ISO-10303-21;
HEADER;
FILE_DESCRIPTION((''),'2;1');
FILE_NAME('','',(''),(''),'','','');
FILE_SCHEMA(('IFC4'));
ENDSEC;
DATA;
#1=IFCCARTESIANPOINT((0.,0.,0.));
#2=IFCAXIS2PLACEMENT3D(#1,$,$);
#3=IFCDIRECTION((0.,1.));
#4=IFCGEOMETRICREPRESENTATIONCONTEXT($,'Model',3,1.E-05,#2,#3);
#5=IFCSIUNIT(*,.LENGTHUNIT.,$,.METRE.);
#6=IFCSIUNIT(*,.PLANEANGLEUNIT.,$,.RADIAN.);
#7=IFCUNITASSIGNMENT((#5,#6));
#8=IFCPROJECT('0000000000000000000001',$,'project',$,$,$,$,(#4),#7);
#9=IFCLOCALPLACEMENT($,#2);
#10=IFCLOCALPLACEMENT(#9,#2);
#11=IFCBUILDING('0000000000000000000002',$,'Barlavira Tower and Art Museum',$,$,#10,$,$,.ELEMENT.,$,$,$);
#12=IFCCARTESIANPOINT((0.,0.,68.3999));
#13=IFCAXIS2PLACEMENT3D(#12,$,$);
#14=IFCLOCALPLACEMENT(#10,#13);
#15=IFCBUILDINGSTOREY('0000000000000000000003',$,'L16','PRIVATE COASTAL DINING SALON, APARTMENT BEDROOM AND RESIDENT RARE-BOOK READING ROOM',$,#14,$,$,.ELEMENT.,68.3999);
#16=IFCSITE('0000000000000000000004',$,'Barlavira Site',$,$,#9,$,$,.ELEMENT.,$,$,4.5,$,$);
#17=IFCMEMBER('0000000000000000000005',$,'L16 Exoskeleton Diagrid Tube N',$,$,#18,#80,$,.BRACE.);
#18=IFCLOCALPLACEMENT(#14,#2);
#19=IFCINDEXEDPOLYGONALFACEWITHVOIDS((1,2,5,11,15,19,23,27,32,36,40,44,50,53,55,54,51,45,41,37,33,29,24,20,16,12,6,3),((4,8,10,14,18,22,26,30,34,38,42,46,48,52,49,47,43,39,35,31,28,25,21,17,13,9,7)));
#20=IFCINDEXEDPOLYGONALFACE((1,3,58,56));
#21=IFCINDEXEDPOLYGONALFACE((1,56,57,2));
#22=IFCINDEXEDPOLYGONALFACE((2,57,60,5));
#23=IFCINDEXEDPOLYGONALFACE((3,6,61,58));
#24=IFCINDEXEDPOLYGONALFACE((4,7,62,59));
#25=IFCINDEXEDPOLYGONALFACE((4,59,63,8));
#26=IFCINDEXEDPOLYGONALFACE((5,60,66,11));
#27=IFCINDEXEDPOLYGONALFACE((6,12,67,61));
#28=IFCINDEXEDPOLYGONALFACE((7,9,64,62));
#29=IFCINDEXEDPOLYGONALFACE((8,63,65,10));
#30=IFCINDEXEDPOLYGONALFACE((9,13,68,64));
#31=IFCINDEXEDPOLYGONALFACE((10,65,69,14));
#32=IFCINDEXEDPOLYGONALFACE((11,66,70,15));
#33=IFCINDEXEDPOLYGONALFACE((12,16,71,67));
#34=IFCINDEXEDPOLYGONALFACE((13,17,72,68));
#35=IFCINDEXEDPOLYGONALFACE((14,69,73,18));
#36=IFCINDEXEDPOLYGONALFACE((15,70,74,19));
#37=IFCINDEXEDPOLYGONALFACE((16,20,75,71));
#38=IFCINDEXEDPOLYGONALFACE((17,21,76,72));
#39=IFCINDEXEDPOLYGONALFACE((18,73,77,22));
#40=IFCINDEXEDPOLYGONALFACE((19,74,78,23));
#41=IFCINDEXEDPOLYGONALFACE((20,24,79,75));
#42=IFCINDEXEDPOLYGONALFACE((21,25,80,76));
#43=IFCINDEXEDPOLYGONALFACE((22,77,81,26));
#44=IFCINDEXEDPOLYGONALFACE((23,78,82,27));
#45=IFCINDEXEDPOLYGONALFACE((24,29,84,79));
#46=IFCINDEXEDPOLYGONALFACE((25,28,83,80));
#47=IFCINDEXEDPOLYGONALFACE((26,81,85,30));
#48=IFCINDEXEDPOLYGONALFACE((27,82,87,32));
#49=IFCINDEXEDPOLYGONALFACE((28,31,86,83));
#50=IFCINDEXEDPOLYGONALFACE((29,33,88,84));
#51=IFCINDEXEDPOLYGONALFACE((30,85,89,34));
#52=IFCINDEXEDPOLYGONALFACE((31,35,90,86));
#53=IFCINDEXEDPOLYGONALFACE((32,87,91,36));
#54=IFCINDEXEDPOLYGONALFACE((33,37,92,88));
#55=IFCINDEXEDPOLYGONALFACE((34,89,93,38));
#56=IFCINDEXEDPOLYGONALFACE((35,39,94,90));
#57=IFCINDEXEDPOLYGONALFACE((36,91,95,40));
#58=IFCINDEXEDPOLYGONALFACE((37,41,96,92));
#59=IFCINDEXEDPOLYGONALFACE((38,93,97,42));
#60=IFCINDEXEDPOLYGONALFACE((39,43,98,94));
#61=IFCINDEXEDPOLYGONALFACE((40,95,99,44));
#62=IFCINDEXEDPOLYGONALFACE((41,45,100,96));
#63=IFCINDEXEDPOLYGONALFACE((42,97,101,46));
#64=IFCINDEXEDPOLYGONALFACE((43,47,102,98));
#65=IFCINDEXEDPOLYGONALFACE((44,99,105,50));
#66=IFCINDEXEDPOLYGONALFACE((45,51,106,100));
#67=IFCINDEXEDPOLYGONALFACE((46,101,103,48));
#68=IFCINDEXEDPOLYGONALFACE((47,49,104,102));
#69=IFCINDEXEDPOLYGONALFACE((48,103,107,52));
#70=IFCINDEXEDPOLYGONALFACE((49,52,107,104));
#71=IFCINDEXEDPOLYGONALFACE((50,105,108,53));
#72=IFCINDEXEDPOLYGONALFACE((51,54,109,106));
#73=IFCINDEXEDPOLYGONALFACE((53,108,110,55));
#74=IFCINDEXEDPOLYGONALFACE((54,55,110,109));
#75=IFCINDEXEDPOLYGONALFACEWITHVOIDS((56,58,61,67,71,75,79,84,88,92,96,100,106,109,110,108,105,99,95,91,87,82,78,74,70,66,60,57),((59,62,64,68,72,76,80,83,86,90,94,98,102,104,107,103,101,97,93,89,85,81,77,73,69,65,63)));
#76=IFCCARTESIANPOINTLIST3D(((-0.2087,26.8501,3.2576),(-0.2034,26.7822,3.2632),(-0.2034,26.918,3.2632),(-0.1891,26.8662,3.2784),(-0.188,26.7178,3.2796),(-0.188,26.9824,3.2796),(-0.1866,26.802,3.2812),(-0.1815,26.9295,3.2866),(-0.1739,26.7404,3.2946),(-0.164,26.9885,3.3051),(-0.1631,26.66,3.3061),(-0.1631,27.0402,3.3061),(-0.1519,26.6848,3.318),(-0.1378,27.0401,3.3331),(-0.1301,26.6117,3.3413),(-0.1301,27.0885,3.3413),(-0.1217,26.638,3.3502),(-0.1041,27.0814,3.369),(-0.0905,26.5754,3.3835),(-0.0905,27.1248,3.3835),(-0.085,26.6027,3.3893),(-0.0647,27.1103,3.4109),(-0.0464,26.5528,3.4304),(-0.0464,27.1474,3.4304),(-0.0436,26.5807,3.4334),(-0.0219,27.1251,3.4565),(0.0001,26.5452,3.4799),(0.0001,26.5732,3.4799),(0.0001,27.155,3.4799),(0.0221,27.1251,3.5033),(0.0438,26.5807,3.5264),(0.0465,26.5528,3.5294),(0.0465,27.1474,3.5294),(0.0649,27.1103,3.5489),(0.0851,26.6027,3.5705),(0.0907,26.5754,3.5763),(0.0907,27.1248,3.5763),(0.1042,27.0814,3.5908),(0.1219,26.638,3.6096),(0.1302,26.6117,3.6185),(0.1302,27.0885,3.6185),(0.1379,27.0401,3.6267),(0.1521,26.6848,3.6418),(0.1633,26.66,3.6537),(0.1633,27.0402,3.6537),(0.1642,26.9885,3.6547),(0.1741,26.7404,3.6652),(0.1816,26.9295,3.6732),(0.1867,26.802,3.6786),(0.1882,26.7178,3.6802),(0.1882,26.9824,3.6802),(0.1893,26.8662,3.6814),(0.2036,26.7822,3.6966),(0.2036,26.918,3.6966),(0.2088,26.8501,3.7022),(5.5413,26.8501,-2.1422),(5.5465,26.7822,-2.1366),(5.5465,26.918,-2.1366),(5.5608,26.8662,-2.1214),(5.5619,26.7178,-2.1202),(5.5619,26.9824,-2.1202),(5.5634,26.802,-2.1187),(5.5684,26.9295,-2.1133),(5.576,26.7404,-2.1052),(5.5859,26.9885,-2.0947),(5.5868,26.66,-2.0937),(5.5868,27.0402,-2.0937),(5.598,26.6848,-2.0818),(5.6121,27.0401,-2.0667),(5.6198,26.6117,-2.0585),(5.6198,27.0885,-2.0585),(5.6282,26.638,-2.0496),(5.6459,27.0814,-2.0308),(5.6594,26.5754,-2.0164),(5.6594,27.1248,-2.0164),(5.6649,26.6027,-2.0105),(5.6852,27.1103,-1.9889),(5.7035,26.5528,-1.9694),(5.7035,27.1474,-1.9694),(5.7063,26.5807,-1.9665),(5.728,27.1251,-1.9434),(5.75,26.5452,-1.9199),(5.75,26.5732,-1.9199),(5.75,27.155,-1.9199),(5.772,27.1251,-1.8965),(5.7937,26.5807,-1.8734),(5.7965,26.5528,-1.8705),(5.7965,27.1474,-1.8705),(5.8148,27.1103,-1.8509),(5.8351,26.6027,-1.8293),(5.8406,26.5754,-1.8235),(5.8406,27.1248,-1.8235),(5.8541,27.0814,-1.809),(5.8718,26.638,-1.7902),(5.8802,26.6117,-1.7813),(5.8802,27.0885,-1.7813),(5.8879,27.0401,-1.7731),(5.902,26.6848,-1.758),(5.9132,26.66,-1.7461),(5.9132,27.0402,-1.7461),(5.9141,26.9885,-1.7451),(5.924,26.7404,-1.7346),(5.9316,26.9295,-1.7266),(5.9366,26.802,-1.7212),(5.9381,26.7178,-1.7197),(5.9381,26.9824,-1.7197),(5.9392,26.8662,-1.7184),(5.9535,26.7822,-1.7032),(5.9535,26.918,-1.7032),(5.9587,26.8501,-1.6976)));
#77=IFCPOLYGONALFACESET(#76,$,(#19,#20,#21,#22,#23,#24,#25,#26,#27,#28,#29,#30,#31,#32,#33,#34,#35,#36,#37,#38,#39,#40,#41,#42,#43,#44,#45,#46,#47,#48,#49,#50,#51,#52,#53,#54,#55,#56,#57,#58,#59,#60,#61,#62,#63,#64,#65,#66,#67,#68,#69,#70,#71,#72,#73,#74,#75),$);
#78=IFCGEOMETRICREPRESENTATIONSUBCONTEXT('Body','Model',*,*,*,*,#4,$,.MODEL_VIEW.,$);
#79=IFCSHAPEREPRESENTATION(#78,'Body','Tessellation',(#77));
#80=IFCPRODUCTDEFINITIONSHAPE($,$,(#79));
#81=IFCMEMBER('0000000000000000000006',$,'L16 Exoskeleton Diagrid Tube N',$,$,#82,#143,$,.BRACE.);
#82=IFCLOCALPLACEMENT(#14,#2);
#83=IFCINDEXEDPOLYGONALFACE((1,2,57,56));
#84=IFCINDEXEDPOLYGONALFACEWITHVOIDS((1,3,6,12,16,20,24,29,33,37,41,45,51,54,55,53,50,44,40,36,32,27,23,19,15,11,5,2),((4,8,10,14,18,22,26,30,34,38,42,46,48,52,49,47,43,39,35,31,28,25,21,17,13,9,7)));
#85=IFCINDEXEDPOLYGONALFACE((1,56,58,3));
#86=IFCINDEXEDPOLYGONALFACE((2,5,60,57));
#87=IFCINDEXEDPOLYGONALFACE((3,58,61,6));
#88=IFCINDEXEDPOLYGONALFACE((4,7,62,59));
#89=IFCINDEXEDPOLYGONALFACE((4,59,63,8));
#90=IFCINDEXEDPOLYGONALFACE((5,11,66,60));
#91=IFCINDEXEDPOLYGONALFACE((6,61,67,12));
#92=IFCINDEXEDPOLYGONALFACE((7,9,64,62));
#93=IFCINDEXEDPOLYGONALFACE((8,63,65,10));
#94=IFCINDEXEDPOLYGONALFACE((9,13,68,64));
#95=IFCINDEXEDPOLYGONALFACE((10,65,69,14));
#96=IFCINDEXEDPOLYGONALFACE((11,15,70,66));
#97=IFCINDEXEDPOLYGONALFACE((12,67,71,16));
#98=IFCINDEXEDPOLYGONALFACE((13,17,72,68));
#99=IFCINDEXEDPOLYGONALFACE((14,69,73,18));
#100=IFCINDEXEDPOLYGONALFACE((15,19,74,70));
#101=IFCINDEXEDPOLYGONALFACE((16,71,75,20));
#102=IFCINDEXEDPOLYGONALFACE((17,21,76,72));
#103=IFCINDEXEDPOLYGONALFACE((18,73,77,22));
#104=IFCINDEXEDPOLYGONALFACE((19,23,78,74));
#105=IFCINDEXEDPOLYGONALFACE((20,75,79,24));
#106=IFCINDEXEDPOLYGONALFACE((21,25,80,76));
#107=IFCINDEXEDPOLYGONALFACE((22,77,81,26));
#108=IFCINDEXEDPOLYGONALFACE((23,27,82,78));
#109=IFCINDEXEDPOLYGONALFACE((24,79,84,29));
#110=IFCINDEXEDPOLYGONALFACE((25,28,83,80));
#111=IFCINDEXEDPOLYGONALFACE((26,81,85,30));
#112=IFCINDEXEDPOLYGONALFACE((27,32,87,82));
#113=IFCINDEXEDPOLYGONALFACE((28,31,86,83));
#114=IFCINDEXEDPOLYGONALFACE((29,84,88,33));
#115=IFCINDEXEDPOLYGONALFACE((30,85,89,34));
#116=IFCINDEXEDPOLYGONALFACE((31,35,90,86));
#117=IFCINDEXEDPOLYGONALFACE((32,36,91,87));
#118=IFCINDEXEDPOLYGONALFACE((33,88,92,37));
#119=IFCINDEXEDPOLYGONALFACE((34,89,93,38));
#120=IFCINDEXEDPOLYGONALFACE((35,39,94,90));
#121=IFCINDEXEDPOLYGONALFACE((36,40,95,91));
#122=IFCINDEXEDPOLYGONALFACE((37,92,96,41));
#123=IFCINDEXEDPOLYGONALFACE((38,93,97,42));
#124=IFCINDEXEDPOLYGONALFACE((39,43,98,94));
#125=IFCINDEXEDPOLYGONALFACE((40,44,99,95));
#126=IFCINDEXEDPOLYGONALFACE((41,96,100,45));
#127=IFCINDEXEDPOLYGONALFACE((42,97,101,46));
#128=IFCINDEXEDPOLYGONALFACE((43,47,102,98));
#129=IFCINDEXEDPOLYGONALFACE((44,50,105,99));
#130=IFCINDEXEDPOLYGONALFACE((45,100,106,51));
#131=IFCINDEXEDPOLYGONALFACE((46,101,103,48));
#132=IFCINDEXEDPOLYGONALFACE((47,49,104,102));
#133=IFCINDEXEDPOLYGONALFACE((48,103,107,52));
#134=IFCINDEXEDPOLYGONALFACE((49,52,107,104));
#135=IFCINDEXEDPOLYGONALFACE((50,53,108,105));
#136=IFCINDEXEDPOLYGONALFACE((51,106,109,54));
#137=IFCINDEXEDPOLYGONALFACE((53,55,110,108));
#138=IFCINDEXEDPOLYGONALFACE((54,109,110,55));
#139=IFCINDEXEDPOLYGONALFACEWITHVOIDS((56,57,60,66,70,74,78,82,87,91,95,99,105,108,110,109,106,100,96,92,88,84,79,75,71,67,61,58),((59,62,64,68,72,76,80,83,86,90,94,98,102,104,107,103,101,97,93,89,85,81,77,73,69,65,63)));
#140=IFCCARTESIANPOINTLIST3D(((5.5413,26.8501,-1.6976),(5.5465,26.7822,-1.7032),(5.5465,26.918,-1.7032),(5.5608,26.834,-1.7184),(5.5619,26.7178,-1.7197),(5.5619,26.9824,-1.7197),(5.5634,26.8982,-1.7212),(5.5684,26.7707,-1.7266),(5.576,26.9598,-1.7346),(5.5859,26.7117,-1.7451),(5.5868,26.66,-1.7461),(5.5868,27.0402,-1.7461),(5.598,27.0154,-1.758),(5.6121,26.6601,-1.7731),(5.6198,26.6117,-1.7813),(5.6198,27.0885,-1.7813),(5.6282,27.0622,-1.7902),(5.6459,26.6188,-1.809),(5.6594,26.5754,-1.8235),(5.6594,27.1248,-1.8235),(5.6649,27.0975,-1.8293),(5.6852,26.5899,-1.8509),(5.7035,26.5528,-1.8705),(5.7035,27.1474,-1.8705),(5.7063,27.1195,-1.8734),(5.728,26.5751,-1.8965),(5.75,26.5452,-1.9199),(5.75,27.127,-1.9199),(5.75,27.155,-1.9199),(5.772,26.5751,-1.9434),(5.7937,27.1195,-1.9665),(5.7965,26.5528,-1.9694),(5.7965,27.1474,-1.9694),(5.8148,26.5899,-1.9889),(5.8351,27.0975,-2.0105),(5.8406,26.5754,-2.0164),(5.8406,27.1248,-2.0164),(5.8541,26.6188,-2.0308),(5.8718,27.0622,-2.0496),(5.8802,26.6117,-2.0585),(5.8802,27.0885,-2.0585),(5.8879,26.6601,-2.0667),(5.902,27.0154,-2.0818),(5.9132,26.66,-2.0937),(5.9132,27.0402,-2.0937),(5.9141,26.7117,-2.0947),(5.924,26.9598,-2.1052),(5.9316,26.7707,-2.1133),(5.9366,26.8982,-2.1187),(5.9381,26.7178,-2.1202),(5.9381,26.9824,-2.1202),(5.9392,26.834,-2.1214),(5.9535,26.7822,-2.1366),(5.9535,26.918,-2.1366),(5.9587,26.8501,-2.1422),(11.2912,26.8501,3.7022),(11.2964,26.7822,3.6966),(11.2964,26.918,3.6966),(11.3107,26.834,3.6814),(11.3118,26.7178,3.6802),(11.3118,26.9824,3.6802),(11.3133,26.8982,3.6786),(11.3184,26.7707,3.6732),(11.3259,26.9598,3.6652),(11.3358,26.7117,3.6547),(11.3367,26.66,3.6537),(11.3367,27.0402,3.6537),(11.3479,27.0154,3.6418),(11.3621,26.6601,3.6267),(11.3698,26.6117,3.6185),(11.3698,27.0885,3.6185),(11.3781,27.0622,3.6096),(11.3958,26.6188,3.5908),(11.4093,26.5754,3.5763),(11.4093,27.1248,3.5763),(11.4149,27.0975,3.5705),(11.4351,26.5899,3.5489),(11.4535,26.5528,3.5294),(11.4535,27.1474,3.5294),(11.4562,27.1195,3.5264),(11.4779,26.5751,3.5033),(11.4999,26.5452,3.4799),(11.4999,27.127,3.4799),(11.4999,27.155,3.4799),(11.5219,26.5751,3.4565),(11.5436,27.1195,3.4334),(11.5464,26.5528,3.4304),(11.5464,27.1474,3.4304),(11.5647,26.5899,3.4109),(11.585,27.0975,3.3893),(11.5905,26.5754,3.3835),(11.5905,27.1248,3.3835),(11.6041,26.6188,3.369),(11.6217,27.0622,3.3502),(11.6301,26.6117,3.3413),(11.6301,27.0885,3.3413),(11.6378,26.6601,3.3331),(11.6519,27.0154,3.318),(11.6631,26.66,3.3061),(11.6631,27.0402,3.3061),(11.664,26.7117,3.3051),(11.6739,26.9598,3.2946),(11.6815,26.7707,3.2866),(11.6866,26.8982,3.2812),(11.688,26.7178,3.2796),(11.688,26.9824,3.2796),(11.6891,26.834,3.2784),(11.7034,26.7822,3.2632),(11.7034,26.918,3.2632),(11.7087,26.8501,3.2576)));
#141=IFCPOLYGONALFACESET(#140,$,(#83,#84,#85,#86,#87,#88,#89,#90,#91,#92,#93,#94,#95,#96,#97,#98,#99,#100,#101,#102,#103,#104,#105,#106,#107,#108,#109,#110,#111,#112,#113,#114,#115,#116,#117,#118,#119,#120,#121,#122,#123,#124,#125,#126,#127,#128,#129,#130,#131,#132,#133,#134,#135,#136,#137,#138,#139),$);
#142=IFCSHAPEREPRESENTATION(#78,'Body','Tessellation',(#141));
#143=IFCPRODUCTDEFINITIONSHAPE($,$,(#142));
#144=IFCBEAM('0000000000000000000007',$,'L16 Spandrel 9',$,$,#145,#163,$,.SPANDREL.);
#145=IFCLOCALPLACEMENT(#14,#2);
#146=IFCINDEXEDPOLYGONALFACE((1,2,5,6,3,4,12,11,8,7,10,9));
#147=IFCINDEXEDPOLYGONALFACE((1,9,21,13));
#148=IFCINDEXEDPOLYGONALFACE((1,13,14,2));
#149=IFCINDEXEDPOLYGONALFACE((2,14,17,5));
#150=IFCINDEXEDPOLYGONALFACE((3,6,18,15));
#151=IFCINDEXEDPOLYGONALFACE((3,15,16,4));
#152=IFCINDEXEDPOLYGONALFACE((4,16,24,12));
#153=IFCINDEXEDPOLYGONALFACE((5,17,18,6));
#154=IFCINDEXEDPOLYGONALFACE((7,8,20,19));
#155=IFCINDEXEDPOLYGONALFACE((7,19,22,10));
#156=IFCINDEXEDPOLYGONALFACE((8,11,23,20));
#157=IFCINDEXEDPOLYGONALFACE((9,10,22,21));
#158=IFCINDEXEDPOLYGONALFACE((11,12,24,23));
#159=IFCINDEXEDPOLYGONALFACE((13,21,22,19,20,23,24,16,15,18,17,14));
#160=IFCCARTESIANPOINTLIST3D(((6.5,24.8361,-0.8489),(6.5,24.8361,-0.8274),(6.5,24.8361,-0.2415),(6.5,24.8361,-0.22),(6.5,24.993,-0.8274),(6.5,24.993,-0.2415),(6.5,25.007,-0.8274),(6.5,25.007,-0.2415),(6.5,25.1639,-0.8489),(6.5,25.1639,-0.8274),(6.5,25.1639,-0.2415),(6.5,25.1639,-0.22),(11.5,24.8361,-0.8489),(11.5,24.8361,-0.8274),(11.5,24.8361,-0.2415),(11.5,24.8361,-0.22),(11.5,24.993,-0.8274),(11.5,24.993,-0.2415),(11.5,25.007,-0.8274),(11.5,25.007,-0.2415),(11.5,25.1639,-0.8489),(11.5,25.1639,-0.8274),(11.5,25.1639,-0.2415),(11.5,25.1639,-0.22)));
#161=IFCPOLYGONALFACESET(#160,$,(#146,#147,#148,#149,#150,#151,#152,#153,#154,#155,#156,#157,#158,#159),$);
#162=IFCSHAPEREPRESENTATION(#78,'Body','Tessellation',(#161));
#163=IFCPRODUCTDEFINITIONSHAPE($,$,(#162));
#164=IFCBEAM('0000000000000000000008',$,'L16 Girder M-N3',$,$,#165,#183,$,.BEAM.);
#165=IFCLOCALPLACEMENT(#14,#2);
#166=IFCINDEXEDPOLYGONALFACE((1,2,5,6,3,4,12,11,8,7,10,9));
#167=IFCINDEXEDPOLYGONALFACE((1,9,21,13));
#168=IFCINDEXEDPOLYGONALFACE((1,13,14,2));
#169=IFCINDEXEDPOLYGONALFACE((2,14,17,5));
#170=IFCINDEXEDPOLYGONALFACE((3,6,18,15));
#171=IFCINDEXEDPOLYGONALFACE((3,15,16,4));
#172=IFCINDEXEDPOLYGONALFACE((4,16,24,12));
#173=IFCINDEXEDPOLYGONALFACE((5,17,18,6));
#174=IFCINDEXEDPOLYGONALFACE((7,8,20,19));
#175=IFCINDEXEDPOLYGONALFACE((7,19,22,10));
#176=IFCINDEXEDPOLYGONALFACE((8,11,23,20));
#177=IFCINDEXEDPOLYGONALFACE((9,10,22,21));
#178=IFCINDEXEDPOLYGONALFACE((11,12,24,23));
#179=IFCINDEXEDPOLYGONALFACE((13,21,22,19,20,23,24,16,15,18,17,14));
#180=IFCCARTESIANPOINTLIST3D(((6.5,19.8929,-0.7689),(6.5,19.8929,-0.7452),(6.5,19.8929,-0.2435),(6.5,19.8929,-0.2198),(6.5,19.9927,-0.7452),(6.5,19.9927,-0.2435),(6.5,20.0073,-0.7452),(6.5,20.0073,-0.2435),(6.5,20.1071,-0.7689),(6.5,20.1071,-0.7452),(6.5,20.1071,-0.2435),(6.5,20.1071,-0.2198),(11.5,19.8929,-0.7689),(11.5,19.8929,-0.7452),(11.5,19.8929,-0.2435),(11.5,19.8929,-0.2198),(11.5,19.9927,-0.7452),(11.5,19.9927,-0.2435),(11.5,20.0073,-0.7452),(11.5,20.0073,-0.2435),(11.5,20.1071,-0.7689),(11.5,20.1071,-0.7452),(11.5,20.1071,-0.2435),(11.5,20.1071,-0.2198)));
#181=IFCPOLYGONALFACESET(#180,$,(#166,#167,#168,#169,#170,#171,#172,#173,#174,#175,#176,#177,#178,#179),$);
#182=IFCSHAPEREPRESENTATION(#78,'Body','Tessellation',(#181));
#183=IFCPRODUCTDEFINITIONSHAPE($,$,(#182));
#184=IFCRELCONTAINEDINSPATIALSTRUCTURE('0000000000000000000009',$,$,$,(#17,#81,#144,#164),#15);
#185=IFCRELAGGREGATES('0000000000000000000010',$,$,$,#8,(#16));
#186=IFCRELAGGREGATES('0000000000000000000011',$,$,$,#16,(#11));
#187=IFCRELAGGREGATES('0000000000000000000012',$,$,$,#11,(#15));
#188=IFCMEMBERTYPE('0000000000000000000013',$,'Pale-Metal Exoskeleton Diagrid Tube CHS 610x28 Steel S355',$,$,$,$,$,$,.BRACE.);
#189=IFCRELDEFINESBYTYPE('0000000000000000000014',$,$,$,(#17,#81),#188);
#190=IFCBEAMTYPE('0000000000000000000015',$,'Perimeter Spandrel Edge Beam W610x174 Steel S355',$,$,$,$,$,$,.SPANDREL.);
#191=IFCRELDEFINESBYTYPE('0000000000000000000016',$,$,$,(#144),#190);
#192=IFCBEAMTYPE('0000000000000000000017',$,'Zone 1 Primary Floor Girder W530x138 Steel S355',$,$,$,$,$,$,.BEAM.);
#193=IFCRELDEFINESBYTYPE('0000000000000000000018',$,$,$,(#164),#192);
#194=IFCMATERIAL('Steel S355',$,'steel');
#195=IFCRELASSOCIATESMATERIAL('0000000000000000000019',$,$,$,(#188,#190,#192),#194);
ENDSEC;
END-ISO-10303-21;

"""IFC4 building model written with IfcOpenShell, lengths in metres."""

from ifc_helpers import new_model, si_unit, direction, frame, origin, origin_2d, place, context, subcontext, project, spatial, hollow_circle, i_section, extrude, material, material_profile, profile_set, type_object, element, save


model = new_model("IFC4")

# Units and contexts
model_context = context("Model", 3, precision=1e-05, world=origin(), true_north=direction((0.0, 1.0)))
body_context = subcontext(model_context, "Body", "Model", "MODEL_VIEW")
ifc_project = project(units=[si_unit("LENGTHUNIT", "METRE"), si_unit("PLANEANGLEUNIT", "RADIAN")], contexts=[model_context])

# Site, building, storey
site_placement = place(None, origin())
site = spatial("IfcSite", under=ifc_project, at=site_placement, Name="Barlavira Site", CompositionType="ELEMENT", RefElevation=4.5)
building_placement = place(site_placement, origin())
building = spatial("IfcBuilding", under=site, at=building_placement, Name="Barlavira Tower and Art Museum", CompositionType="ELEMENT")
storey_placement = place(building_placement, frame((0.0, 0.0, 68.3999)))
storey = spatial("IfcBuildingStorey", under=building, at=storey_placement, Name="L16", Description="PRIVATE COASTAL DINING SALON, APARTMENT BEDROOM AND RESIDENT RARE-BOOK READING ROOM", CompositionType="ELEMENT", Elevation=68.3999)

# Members
ifc_material_1 = material(Name="Steel S355", Category="steel")
ifc_material_profile_1 = material_profile(ifc_material_1, hollow_circle(Radius=0.3049, WallThickness=0.0281, at=origin_2d()), Name="CHS 610.0x28.0")
ifc_profile_set_1 = profile_set([ifc_material_profile_1], Name="Steel S355")
member_type_1 = type_object("IfcMemberType", Name="Pale-Metal Exoskeleton Diagrid Tube CHS 610x28 Steel S355", PredefinedType="BRACE", material=ifc_profile_set_1)
for number, where, z_axis, x_axis, name in (
    (1, (5.75, 26.8501, -1.9199), (-0.72895, 0.0, 0.684567), (0.0, -1.0, 0.0), "L16 Exoskeleton Diagrid Tube N"),
    (2, (5.75, 26.8501, -1.9199), (0.72895, 0.0, 0.684567), (0.0, 1.0, 0.0), "L16 Exoskeleton Diagrid Tube N"),
):
    element("IfcMember", number, at=place(storey_placement, frame(where, z_axis=z_axis, x_axis=x_axis)), inside=storey, type_object=member_type_1, Name=name, PredefinedType="BRACE", context=body_context, shape_type="SweptSolid", body=[
        extrude(hollow_circle(Radius=0.3049, WallThickness=0.0281, at=origin_2d()), origin(), (0.0, 0.0, 1.0), 7.8879),
    ])

# Beams
ifc_material_profile_2 = material_profile(ifc_material_1, i_section(OverallWidth=0.3279, OverallDepth=0.6289, WebThickness=0.0139, FlangeThickness=0.0215, at=origin_2d()), Name="W610x174.0")
ifc_profile_set_2 = profile_set([ifc_material_profile_2], Name="Steel S355")
beam_type_1 = type_object("IfcBeamType", Name="Perimeter Spandrel Edge Beam W610x174 Steel S355", PredefinedType="SPANDREL", material=ifc_profile_set_2)
beam_1_placement = place(storey_placement, frame((6.5, 25.0, -0.5344), z_axis=(1.0, 0.0, 0.0), x_axis=(0.0, 1.0, 0.0)))
element("IfcBeam", 3, at=beam_1_placement, inside=storey, type_object=beam_type_1, Name="L16 Spandrel 9", PredefinedType="SPANDREL", context=body_context, shape_type="SweptSolid", body=[
    extrude(i_section(OverallWidth=0.3279, OverallDepth=0.6289, WebThickness=0.0139, FlangeThickness=0.0215, at=origin_2d()), origin(), (0.0, 0.0, 1.0), 5.0),
])
ifc_material_profile_3 = material_profile(ifc_material_1, i_section(OverallWidth=0.2141, OverallDepth=0.5491, WebThickness=0.0146, FlangeThickness=0.0237, at=origin_2d()), Name="W530x138.0")
ifc_profile_set_3 = profile_set([ifc_material_profile_3], Name="Steel S355")
beam_type_2 = type_object("IfcBeamType", Name="Zone 1 Primary Floor Girder W530x138 Steel S355", PredefinedType="BEAM", material=ifc_profile_set_3)
beam_2_placement = place(storey_placement, frame((6.5, 20.0, -0.4944), z_axis=(1.0, 0.0, 0.0), x_axis=(0.0, 1.0, 0.0)))
element("IfcBeam", 4, at=beam_2_placement, inside=storey, type_object=beam_type_2, Name="L16 Girder M-N3", PredefinedType="BEAM", context=body_context, shape_type="SweptSolid", body=[
    extrude(i_section(OverallWidth=0.2141, OverallDepth=0.5491, WebThickness=0.0146, FlangeThickness=0.0237, at=origin_2d()), origin(), (0.0, 0.0, 1.0), 5.0),
])

save(model, "model.ifc")
